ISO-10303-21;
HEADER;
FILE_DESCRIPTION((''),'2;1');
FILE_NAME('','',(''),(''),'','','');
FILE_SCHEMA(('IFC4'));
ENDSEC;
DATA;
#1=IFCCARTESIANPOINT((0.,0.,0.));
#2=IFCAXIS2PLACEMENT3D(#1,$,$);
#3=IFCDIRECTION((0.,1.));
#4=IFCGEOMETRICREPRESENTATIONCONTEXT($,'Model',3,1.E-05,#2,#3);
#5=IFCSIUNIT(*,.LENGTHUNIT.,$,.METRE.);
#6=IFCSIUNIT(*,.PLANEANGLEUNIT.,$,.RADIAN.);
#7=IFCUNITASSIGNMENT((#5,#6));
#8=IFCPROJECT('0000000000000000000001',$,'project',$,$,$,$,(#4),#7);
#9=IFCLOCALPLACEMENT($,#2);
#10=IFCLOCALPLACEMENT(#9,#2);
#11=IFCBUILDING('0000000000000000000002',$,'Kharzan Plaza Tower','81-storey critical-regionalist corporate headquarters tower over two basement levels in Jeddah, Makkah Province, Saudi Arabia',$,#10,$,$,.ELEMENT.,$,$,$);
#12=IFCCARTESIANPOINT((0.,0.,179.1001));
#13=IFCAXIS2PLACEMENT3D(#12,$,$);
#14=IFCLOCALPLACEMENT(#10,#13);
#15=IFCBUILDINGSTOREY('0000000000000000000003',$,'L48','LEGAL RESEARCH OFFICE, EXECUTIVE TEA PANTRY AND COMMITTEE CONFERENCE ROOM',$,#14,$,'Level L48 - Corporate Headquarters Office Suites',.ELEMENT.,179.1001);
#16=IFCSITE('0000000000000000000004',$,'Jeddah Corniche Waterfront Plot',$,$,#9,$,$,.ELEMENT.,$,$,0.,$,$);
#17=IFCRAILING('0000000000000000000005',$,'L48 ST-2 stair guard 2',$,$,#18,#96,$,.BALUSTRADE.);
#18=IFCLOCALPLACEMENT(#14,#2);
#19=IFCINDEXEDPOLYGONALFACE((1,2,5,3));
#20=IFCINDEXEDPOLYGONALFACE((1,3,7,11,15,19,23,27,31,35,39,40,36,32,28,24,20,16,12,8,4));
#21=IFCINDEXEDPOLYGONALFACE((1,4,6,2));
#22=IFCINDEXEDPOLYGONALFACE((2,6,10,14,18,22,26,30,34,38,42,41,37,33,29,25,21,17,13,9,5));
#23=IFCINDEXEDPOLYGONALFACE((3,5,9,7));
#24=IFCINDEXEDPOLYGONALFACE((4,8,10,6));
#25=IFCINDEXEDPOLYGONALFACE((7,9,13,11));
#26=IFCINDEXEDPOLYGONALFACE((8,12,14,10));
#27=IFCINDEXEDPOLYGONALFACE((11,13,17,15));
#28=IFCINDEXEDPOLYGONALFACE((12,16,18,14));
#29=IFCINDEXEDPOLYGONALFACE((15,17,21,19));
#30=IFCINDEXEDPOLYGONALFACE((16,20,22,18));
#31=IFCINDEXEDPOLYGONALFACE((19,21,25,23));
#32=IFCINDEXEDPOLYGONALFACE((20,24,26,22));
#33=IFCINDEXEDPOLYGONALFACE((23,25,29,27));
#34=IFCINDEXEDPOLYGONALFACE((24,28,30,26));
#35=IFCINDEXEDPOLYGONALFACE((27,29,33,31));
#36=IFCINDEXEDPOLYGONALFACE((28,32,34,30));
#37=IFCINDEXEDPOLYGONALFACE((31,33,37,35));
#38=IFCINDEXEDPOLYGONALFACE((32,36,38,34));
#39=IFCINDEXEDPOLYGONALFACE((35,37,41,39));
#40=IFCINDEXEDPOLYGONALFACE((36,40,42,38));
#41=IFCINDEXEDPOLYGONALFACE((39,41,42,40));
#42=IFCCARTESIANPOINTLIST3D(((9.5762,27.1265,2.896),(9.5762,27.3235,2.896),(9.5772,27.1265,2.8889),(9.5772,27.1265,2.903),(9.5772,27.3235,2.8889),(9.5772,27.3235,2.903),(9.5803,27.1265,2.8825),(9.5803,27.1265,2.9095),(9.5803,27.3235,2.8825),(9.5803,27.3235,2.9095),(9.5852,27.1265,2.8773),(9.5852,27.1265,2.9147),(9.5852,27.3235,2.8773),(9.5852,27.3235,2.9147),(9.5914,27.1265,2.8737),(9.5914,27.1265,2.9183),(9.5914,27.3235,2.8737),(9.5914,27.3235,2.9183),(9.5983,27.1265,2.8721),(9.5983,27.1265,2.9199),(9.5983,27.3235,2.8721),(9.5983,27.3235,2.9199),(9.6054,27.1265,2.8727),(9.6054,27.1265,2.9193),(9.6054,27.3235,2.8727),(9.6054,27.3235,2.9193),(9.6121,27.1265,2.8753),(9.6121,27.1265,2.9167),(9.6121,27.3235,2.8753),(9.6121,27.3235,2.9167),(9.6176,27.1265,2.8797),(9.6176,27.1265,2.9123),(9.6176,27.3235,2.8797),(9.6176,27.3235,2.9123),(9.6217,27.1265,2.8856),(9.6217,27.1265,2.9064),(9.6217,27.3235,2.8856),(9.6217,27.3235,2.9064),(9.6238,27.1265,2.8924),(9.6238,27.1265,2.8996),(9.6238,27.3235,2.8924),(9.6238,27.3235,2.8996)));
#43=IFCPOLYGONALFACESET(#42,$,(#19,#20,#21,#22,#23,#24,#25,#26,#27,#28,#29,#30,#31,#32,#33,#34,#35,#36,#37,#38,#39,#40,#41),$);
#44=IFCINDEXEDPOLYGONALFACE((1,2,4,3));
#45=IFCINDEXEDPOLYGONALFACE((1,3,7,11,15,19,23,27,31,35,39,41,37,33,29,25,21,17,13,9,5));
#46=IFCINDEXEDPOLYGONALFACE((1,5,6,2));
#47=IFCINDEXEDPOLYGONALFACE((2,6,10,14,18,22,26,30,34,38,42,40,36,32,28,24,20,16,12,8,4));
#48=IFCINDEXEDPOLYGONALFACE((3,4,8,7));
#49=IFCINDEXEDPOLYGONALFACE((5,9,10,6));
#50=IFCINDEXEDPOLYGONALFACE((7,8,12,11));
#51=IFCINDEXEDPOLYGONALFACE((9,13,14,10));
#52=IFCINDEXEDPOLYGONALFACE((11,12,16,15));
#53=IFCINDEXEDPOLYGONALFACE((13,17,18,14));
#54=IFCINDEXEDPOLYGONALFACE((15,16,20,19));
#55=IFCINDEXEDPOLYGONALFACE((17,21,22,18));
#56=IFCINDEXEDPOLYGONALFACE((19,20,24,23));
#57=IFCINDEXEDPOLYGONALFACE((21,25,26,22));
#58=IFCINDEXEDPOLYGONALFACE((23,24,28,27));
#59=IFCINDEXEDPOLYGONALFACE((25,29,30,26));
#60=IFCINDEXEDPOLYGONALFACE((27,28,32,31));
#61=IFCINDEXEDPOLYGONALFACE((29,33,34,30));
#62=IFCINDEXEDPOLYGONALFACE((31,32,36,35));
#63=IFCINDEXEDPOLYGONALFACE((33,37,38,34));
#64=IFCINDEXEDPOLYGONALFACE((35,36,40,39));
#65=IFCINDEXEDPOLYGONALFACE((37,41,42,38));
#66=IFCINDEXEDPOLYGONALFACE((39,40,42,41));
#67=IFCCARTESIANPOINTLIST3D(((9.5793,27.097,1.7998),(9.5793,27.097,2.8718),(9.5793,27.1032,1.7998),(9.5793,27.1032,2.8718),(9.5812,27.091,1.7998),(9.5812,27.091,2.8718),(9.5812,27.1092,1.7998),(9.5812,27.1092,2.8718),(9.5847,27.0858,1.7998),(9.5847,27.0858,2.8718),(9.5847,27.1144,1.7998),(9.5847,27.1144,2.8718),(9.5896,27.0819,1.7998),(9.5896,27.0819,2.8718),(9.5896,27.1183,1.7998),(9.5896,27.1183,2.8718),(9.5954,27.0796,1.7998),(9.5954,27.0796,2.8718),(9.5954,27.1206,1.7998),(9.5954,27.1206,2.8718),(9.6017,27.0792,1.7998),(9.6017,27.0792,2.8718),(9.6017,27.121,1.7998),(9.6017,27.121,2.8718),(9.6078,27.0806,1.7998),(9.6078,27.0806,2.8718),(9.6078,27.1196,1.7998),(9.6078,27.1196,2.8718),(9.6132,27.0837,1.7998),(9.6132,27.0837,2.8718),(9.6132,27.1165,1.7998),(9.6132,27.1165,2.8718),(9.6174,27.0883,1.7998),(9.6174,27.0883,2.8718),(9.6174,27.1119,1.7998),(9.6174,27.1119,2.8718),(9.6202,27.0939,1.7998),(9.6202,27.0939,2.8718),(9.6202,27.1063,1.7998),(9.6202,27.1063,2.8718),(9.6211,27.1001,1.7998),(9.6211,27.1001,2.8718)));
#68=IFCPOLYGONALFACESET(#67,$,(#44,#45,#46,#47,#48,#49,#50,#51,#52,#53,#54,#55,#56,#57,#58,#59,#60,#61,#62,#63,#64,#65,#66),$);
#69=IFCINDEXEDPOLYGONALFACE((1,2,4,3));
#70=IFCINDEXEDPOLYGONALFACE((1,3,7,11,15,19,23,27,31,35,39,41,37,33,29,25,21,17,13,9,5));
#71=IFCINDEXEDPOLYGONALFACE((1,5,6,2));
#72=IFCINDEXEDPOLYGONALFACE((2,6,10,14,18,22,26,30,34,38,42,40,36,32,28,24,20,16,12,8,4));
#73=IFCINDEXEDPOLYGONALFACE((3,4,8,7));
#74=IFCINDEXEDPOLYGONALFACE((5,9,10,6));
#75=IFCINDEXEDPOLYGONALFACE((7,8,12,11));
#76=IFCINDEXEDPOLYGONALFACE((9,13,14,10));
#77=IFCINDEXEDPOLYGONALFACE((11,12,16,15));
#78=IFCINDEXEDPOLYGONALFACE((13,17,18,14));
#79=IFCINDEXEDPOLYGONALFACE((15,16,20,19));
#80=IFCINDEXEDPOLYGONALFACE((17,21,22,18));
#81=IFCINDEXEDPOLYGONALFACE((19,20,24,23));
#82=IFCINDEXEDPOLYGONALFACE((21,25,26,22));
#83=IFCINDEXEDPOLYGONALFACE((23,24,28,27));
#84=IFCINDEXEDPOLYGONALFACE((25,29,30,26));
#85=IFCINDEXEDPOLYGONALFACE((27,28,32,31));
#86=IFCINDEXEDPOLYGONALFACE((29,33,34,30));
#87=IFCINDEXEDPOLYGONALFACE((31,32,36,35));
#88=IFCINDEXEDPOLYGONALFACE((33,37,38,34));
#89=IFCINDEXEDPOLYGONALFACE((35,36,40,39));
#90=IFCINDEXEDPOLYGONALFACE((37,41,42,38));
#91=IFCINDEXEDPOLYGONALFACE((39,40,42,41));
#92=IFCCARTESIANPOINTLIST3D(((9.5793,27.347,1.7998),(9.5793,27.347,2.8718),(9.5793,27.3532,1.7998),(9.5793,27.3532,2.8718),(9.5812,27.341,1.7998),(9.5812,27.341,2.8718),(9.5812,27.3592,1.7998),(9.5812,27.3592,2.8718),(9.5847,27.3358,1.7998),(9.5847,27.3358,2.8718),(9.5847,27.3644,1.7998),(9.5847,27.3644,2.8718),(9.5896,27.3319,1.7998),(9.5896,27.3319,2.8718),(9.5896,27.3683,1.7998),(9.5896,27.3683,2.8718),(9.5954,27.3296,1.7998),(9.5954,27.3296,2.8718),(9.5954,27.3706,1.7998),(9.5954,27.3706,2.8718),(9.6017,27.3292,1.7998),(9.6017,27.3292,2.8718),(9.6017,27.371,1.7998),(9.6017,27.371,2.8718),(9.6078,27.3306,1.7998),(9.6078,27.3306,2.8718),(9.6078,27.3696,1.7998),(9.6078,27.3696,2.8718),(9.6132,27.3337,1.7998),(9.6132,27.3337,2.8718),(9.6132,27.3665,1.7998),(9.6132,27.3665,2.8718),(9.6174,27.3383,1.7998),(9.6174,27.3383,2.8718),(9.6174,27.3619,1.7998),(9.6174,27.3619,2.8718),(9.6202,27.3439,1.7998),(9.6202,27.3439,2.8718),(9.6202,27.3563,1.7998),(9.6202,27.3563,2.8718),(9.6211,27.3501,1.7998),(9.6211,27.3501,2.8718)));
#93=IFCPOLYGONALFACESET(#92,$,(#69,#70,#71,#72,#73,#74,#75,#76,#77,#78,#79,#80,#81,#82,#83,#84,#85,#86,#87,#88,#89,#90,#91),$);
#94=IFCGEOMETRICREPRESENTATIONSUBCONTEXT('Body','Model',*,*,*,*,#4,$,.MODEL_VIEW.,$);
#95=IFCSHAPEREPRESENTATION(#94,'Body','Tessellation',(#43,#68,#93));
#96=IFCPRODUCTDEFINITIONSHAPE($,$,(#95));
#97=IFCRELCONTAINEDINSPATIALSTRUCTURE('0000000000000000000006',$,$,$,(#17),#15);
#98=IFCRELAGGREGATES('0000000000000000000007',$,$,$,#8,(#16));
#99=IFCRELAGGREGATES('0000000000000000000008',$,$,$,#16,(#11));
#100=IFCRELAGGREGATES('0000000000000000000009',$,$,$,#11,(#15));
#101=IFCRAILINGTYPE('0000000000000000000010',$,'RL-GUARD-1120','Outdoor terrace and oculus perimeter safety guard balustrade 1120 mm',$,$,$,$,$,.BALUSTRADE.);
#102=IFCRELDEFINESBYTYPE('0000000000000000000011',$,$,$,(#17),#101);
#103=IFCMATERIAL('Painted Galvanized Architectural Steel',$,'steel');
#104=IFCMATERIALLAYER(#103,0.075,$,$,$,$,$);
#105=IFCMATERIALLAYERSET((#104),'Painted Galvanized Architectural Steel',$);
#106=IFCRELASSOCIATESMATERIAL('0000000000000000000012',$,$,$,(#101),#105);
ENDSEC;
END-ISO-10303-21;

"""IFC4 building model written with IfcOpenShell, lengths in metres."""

from ifc_helpers import new_model, si_unit, direction, frame, origin, origin_2d, place, context, subcontext, project, spatial, circle, extrude, source, transform, mapped, material, layer, layer_set, type_object, element, save


model = new_model("IFC4")

# Units and contexts
model_context = context("Model", 3, precision=1e-05, world=origin(), true_north=direction((0.0, 1.0)))
body_context = subcontext(model_context, "Body", "Model", "MODEL_VIEW")
ifc_project = project(units=[si_unit("LENGTHUNIT", "METRE"), si_unit("PLANEANGLEUNIT", "RADIAN")], contexts=[model_context])

# Site, building, storey
site_placement = place(None, origin())
site = spatial("IfcSite", under=ifc_project, at=site_placement, Name="Jeddah Corniche Waterfront Plot", CompositionType="ELEMENT", RefElevation=0.0)
building_placement = place(site_placement, origin())
building = spatial("IfcBuilding", under=site, at=building_placement, Name="Kharzan Plaza Tower", Description="81-storey critical-regionalist corporate headquarters tower over two basement levels in Jeddah, Makkah Province, Saudi Arabia", CompositionType="ELEMENT")
storey_placement = place(building_placement, frame((0.0, 0.0, 179.1001)))
storey = spatial("IfcBuildingStorey", under=building, at=storey_placement, Name="L48", Description="LEGAL RESEARCH OFFICE, EXECUTIVE TEA PANTRY AND COMMITTEE CONFERENCE ROOM", LongName="Level L48 - Corporate Headquarters Office Suites", CompositionType="ELEMENT", Elevation=179.1001)

# Railing
ifc_material_1 = material(Name="Painted Galvanized Architectural Steel", Category="steel")
ifc_layer_1 = layer(ifc_material_1, 0.075)
ifc_layer_set_1 = layer_set([ifc_layer_1], Name="Painted Galvanized Architectural Steel")
railing_type_1 = type_object("IfcRailingType", Name="RL-GUARD-1120", Description="Outdoor terrace and oculus perimeter safety guard balustrade 1120 mm", PredefinedType="BALUSTRADE", material=ifc_layer_set_1)
shared_shape_1 = source(origin(), body_context, "Body", "SweptSolid", [
    extrude(circle(Radius=0.0239, at=origin_2d()), frame((0.0, 0.0264, 1.0962), z_axis=(0.0, 1.0, 0.0), x_axis=(-1.0, 0.0, 0.0)), (0.0, 0.0, 1.0), 0.197),
    extrude(circle(Radius=0.021, at=origin_2d()), origin(), (0.0, 0.0, 1.0), 1.072),
    extrude(circle(Radius=0.021, at=origin_2d()), frame((0.0, 0.25, 0.0)), (0.0, 0.0, 1.0), 1.072),
])
railing_1_placement = place(storey_placement, frame((9.6001, 27.1001, 1.7998)))
element("IfcRailing", 1, at=railing_1_placement, inside=storey, type_object=railing_type_1, Name="L48 ST-2 stair guard 2", PredefinedType="BALUSTRADE", context=body_context, shape_type="MappedRepresentation", body=[
    mapped(shared_shape_1, transform((0.0, 0.0, 0.0), x_axis=(1.0, 0.0, 0.0), y_axis=(0.0, 1.0, 0.0), z_axis=(0.0, 0.0, 1.0))),
])

save(model, "model.ifc")
